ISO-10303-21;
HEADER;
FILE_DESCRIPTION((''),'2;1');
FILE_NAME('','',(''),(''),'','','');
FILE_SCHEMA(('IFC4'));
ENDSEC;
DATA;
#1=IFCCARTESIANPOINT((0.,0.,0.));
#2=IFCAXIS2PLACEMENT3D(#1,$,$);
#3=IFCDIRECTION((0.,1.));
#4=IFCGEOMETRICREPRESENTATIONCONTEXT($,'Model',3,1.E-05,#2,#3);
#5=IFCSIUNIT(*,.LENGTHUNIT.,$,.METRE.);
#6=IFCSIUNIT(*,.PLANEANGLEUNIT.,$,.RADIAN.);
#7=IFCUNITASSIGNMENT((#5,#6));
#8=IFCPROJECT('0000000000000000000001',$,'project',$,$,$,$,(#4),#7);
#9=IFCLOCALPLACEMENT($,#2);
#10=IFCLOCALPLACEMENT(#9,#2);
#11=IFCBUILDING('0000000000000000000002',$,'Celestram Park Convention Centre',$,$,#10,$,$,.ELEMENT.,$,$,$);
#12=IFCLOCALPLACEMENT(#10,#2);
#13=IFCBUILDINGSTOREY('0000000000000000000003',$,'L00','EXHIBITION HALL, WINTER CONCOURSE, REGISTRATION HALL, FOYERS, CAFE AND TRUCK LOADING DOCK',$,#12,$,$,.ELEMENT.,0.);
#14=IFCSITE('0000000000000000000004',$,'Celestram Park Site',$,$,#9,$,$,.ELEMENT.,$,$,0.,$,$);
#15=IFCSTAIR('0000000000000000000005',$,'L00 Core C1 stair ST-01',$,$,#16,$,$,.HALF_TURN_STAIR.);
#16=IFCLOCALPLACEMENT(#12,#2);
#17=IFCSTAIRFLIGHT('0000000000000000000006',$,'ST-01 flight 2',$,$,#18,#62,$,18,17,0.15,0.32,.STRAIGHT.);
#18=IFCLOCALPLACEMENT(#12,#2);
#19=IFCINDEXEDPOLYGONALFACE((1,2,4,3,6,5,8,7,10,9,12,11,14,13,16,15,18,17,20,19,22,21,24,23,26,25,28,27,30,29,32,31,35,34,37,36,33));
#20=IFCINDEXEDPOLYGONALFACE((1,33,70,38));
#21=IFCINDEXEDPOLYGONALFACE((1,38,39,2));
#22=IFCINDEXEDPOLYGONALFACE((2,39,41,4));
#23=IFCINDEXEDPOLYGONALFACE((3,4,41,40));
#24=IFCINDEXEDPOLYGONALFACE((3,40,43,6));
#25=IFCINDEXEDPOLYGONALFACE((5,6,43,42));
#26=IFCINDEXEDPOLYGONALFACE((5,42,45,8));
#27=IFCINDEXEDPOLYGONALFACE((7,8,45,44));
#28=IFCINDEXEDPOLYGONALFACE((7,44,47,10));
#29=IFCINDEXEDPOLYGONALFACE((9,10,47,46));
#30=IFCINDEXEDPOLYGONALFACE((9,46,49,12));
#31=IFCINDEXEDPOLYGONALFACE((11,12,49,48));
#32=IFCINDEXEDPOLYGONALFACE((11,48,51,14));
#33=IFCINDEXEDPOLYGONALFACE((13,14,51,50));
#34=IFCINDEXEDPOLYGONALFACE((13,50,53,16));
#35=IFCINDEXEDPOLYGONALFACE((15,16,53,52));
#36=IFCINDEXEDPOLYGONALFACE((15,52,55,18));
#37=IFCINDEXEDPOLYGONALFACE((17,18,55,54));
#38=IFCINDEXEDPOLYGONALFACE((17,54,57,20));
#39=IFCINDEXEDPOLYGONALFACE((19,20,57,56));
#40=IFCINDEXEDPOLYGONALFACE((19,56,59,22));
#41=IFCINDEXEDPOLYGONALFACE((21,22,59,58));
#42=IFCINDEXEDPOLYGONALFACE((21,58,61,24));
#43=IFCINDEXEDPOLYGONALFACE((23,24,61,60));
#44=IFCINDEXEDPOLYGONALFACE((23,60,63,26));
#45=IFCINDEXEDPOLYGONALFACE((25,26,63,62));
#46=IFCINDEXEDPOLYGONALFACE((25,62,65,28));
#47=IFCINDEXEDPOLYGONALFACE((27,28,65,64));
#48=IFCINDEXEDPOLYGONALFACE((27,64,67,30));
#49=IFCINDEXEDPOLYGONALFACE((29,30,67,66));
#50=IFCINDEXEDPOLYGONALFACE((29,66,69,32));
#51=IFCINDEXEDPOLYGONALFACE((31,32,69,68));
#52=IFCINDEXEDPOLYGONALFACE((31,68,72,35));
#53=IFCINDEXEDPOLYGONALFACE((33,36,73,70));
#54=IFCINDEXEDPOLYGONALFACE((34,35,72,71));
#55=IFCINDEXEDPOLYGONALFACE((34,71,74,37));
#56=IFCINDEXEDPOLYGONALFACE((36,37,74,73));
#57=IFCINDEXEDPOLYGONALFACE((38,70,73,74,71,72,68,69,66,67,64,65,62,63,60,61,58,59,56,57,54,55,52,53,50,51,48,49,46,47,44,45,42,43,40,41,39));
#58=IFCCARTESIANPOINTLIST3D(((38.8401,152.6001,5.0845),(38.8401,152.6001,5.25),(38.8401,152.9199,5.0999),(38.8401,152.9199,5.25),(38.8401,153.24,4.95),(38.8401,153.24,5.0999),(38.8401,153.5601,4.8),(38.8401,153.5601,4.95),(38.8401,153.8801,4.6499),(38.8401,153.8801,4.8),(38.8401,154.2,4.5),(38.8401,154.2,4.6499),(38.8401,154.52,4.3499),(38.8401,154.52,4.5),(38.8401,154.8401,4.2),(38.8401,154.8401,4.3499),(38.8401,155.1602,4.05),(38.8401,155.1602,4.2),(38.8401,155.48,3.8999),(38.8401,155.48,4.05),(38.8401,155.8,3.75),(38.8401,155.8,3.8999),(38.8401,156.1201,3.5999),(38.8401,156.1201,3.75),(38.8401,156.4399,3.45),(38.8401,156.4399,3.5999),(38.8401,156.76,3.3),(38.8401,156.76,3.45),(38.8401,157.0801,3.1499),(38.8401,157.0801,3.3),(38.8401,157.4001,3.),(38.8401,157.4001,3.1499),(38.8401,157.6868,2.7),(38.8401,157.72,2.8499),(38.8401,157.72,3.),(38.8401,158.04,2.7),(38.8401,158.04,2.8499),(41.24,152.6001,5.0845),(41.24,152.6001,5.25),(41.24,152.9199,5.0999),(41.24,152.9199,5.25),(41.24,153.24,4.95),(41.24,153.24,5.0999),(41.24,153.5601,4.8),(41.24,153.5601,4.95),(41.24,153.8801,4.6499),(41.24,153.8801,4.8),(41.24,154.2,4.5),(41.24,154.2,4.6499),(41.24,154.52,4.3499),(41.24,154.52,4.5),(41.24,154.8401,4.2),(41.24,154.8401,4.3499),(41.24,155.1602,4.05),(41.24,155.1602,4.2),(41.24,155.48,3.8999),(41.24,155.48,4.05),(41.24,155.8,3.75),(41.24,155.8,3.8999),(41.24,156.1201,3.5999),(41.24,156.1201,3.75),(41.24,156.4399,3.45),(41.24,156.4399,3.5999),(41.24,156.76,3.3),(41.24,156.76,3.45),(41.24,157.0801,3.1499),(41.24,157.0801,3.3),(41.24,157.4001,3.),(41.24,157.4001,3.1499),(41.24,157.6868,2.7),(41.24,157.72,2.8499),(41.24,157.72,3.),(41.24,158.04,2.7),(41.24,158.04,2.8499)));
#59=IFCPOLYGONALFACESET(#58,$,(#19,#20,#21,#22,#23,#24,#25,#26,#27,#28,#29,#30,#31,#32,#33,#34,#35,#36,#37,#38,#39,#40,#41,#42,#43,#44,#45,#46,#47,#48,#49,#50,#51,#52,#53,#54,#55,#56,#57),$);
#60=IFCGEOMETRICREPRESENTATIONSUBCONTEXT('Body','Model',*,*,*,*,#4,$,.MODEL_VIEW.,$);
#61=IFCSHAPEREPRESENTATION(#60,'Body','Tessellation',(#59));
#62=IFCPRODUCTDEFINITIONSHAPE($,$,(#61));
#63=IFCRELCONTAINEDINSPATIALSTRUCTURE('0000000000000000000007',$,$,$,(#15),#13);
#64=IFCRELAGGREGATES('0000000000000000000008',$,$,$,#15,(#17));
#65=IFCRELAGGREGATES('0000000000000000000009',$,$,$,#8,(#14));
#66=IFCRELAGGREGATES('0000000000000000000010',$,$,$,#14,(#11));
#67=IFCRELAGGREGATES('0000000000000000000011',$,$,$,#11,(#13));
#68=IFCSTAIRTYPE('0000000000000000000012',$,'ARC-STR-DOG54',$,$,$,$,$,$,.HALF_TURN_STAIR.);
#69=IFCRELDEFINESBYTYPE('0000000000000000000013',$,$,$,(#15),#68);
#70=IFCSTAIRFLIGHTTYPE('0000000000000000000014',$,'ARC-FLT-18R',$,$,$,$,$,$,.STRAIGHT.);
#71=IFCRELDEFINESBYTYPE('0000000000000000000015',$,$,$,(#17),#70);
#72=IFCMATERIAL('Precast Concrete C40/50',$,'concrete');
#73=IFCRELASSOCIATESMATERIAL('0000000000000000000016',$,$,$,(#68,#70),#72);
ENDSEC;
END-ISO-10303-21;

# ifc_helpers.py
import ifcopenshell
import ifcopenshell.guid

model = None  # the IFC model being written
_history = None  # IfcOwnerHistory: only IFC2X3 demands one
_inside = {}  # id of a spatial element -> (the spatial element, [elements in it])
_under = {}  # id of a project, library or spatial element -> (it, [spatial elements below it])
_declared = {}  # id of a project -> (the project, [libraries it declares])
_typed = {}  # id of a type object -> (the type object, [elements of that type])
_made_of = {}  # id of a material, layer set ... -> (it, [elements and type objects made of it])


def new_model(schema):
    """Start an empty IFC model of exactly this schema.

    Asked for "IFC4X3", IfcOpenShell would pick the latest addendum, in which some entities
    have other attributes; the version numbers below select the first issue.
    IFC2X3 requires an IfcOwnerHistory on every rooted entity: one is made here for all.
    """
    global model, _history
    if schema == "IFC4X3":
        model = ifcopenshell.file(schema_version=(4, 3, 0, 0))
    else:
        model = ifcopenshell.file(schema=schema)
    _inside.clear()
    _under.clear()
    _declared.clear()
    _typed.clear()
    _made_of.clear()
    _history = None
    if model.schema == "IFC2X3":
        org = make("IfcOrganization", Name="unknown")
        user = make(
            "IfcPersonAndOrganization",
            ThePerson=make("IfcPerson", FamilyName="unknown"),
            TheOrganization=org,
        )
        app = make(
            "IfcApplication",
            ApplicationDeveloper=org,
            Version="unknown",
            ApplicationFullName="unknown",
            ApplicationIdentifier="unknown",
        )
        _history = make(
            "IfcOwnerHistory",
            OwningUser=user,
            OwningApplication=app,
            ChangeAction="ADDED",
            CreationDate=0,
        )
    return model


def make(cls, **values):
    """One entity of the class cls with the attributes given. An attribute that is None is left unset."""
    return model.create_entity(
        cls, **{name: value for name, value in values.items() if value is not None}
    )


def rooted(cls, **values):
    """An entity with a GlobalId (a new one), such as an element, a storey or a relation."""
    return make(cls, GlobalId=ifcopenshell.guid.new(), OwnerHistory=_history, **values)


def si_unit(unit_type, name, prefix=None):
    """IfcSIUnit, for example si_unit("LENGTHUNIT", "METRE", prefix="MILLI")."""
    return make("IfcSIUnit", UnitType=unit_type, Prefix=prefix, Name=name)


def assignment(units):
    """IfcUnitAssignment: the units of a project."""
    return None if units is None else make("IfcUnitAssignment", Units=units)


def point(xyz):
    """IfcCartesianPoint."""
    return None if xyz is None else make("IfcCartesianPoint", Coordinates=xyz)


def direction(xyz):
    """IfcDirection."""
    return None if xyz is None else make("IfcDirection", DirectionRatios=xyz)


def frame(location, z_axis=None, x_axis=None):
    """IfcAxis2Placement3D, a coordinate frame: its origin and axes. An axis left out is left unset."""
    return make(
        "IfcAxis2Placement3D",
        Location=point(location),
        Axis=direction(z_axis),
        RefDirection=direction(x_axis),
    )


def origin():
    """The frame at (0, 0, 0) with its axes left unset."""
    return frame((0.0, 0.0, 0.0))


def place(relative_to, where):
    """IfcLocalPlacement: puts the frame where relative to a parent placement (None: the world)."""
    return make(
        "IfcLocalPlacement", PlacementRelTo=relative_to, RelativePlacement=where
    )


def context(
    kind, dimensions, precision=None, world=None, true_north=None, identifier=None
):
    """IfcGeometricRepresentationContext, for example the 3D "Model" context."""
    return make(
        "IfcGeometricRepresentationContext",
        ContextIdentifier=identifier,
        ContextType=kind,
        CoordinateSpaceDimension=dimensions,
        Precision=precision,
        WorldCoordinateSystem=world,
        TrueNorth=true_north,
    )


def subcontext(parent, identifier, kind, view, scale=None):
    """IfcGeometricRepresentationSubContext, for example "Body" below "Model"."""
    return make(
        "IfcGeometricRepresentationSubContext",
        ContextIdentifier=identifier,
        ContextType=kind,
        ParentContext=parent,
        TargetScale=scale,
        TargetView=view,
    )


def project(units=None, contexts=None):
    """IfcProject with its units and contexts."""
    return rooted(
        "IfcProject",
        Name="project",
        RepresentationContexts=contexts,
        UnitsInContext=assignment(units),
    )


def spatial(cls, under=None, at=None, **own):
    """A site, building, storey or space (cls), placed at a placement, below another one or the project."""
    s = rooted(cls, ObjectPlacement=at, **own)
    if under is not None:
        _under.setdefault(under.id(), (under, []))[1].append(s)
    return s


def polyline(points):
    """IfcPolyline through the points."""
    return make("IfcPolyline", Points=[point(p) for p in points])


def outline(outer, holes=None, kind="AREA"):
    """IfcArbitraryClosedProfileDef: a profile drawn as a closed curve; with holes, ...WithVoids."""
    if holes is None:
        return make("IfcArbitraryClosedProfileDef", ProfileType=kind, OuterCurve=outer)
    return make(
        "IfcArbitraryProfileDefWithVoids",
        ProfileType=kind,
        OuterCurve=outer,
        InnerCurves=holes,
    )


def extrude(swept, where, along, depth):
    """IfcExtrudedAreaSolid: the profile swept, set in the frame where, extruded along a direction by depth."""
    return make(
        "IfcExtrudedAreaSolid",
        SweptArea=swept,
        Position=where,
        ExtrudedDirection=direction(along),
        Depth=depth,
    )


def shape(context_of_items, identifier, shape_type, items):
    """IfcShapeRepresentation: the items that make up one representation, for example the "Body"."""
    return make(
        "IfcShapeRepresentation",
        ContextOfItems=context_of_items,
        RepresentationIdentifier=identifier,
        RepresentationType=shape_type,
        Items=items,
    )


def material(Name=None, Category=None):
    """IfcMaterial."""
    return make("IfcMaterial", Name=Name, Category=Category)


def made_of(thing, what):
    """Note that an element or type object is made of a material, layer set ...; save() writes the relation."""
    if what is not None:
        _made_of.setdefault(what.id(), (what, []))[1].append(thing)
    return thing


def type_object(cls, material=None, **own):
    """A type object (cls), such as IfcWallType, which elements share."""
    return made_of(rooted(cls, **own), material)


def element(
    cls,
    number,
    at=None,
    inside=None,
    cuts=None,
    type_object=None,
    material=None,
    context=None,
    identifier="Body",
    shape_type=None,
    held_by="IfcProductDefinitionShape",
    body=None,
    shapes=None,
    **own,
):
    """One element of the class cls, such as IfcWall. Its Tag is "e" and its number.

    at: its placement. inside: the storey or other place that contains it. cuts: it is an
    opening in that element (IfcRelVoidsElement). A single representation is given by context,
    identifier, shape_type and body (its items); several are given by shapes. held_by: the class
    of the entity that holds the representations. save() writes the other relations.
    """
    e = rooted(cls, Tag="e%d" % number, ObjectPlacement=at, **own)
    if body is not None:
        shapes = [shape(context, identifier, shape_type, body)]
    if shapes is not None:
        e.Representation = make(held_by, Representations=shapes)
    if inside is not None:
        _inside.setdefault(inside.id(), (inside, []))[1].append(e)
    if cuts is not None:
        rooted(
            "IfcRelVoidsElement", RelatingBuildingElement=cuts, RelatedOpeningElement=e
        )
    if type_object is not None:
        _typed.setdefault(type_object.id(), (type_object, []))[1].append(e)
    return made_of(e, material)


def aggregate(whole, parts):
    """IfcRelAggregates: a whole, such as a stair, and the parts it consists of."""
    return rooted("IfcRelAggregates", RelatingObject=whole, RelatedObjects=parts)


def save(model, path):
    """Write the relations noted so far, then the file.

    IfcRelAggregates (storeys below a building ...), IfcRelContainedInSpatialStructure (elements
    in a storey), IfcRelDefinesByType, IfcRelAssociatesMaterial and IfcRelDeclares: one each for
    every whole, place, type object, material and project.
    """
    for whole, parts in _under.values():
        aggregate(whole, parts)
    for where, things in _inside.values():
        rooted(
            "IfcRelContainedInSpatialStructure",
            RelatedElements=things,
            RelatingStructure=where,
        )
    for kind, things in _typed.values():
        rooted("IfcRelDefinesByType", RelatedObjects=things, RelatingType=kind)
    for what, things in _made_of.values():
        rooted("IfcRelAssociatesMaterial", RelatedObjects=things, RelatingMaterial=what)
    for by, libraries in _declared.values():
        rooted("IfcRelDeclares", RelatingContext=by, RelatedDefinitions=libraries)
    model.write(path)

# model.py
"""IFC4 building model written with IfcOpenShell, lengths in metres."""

from ifc_helpers import new_model, si_unit, direction, frame, origin, place, context, subcontext, project, spatial, polyline, outline, extrude, material, type_object, element, aggregate, save


model = new_model("IFC4")

# Units and contexts
model_context = context("Model", 3, precision=1e-05, world=origin(), true_north=direction((0.0, 1.0)))
body_context = subcontext(model_context, "Body", "Model", "MODEL_VIEW")
ifc_project = project(units=[si_unit("LENGTHUNIT", "METRE"), si_unit("PLANEANGLEUNIT", "RADIAN")], contexts=[model_context])

# Site, building, storey
site_placement = place(None, origin())
site = spatial("IfcSite", under=ifc_project, at=site_placement, Name="Celestram Park Site", CompositionType="ELEMENT", RefElevation=0.0)
building_placement = place(site_placement, origin())
building = spatial("IfcBuilding", under=site, at=building_placement, Name="Celestram Park Convention Centre", CompositionType="ELEMENT")
storey_placement = place(building_placement, origin())
storey = spatial("IfcBuildingStorey", under=building, at=storey_placement, Name="L00", Description="EXHIBITION HALL, WINTER CONCOURSE, REGISTRATION HALL, FOYERS, CAFE AND TRUCK LOADING DOCK", CompositionType="ELEMENT", Elevation=0.0)

# Shared definitions
ifc_material_1 = material(Name="Precast Concrete C40/50", Category="concrete")

# Stair, stair flight
stair_type = type_object("IfcStairType", Name="ARC-STR-DOG54", PredefinedType="HALF_TURN_STAIR", material=ifc_material_1)
stair_placement = place(storey_placement, origin())
stair = element("IfcStair", 1, at=stair_placement, inside=storey, type_object=stair_type, Name="L00 Core C1 stair ST-01", PredefinedType="HALF_TURN_STAIR")
stair_flight_type = type_object("IfcStairFlightType", Name="ARC-FLT-18R", PredefinedType="STRAIGHT", material=ifc_material_1)
stair_flight_1_placement = place(storey_placement, frame((40.04, 158.04, 2.7), z_axis=(0.0, 0.0, 1.0), x_axis=(0.0, -1.0, 0.0)))
stair_flight_1 = element("IfcStairFlight", 2, at=stair_flight_1_placement, type_object=stair_flight_type, Name="ST-01 flight 2", NumberOfRisers=18, NumberOfTreads=17, PredefinedType="STRAIGHT", RiserHeight=0.15, TreadLength=0.32, context=body_context, shape_type="SweptSolid", body=[
    extrude(outline(polyline([(0.0, 0.0), (0.0, 0.1499), (0.3201, 0.1499), (0.3201, 0.3), (0.6399, 0.3), (0.6399, 0.45), (0.96, 0.45), (0.96, 0.6001), (1.28, 0.6001), (1.28, 0.75), (1.6001, 0.75), (1.6001, 0.8999), (1.9199, 0.8999), (1.9199, 1.05), (2.24, 1.05), (2.24, 1.2), (2.5601, 1.2), (2.5601, 1.3501), (2.8799, 1.3501), (2.8799, 1.5), (3.2, 1.5), (3.2, 1.6499), (3.52, 1.6499), (3.52, 1.8), (3.8401, 1.8), (3.8401, 1.95), (4.1599, 1.95), (4.1599, 2.1001), (4.48, 2.1001), (4.48, 2.25), (4.8, 2.25), (4.8, 2.3999), (5.1201, 2.3999), (5.1201, 2.55), (5.4399, 2.55), (5.4399, 2.7), (5.4399, 2.3845), (0.3533, 0.0), (0.0, 0.0)])), frame((0.0, 1.2, 0.0), z_axis=(0.0, -1.0, 0.0), x_axis=(1.0, 0.0, 0.0)), (0.0, 0.0, 1.0), 2.3999),
])
aggregate(stair, [stair_flight_1])

save(model, "model.ifc")
